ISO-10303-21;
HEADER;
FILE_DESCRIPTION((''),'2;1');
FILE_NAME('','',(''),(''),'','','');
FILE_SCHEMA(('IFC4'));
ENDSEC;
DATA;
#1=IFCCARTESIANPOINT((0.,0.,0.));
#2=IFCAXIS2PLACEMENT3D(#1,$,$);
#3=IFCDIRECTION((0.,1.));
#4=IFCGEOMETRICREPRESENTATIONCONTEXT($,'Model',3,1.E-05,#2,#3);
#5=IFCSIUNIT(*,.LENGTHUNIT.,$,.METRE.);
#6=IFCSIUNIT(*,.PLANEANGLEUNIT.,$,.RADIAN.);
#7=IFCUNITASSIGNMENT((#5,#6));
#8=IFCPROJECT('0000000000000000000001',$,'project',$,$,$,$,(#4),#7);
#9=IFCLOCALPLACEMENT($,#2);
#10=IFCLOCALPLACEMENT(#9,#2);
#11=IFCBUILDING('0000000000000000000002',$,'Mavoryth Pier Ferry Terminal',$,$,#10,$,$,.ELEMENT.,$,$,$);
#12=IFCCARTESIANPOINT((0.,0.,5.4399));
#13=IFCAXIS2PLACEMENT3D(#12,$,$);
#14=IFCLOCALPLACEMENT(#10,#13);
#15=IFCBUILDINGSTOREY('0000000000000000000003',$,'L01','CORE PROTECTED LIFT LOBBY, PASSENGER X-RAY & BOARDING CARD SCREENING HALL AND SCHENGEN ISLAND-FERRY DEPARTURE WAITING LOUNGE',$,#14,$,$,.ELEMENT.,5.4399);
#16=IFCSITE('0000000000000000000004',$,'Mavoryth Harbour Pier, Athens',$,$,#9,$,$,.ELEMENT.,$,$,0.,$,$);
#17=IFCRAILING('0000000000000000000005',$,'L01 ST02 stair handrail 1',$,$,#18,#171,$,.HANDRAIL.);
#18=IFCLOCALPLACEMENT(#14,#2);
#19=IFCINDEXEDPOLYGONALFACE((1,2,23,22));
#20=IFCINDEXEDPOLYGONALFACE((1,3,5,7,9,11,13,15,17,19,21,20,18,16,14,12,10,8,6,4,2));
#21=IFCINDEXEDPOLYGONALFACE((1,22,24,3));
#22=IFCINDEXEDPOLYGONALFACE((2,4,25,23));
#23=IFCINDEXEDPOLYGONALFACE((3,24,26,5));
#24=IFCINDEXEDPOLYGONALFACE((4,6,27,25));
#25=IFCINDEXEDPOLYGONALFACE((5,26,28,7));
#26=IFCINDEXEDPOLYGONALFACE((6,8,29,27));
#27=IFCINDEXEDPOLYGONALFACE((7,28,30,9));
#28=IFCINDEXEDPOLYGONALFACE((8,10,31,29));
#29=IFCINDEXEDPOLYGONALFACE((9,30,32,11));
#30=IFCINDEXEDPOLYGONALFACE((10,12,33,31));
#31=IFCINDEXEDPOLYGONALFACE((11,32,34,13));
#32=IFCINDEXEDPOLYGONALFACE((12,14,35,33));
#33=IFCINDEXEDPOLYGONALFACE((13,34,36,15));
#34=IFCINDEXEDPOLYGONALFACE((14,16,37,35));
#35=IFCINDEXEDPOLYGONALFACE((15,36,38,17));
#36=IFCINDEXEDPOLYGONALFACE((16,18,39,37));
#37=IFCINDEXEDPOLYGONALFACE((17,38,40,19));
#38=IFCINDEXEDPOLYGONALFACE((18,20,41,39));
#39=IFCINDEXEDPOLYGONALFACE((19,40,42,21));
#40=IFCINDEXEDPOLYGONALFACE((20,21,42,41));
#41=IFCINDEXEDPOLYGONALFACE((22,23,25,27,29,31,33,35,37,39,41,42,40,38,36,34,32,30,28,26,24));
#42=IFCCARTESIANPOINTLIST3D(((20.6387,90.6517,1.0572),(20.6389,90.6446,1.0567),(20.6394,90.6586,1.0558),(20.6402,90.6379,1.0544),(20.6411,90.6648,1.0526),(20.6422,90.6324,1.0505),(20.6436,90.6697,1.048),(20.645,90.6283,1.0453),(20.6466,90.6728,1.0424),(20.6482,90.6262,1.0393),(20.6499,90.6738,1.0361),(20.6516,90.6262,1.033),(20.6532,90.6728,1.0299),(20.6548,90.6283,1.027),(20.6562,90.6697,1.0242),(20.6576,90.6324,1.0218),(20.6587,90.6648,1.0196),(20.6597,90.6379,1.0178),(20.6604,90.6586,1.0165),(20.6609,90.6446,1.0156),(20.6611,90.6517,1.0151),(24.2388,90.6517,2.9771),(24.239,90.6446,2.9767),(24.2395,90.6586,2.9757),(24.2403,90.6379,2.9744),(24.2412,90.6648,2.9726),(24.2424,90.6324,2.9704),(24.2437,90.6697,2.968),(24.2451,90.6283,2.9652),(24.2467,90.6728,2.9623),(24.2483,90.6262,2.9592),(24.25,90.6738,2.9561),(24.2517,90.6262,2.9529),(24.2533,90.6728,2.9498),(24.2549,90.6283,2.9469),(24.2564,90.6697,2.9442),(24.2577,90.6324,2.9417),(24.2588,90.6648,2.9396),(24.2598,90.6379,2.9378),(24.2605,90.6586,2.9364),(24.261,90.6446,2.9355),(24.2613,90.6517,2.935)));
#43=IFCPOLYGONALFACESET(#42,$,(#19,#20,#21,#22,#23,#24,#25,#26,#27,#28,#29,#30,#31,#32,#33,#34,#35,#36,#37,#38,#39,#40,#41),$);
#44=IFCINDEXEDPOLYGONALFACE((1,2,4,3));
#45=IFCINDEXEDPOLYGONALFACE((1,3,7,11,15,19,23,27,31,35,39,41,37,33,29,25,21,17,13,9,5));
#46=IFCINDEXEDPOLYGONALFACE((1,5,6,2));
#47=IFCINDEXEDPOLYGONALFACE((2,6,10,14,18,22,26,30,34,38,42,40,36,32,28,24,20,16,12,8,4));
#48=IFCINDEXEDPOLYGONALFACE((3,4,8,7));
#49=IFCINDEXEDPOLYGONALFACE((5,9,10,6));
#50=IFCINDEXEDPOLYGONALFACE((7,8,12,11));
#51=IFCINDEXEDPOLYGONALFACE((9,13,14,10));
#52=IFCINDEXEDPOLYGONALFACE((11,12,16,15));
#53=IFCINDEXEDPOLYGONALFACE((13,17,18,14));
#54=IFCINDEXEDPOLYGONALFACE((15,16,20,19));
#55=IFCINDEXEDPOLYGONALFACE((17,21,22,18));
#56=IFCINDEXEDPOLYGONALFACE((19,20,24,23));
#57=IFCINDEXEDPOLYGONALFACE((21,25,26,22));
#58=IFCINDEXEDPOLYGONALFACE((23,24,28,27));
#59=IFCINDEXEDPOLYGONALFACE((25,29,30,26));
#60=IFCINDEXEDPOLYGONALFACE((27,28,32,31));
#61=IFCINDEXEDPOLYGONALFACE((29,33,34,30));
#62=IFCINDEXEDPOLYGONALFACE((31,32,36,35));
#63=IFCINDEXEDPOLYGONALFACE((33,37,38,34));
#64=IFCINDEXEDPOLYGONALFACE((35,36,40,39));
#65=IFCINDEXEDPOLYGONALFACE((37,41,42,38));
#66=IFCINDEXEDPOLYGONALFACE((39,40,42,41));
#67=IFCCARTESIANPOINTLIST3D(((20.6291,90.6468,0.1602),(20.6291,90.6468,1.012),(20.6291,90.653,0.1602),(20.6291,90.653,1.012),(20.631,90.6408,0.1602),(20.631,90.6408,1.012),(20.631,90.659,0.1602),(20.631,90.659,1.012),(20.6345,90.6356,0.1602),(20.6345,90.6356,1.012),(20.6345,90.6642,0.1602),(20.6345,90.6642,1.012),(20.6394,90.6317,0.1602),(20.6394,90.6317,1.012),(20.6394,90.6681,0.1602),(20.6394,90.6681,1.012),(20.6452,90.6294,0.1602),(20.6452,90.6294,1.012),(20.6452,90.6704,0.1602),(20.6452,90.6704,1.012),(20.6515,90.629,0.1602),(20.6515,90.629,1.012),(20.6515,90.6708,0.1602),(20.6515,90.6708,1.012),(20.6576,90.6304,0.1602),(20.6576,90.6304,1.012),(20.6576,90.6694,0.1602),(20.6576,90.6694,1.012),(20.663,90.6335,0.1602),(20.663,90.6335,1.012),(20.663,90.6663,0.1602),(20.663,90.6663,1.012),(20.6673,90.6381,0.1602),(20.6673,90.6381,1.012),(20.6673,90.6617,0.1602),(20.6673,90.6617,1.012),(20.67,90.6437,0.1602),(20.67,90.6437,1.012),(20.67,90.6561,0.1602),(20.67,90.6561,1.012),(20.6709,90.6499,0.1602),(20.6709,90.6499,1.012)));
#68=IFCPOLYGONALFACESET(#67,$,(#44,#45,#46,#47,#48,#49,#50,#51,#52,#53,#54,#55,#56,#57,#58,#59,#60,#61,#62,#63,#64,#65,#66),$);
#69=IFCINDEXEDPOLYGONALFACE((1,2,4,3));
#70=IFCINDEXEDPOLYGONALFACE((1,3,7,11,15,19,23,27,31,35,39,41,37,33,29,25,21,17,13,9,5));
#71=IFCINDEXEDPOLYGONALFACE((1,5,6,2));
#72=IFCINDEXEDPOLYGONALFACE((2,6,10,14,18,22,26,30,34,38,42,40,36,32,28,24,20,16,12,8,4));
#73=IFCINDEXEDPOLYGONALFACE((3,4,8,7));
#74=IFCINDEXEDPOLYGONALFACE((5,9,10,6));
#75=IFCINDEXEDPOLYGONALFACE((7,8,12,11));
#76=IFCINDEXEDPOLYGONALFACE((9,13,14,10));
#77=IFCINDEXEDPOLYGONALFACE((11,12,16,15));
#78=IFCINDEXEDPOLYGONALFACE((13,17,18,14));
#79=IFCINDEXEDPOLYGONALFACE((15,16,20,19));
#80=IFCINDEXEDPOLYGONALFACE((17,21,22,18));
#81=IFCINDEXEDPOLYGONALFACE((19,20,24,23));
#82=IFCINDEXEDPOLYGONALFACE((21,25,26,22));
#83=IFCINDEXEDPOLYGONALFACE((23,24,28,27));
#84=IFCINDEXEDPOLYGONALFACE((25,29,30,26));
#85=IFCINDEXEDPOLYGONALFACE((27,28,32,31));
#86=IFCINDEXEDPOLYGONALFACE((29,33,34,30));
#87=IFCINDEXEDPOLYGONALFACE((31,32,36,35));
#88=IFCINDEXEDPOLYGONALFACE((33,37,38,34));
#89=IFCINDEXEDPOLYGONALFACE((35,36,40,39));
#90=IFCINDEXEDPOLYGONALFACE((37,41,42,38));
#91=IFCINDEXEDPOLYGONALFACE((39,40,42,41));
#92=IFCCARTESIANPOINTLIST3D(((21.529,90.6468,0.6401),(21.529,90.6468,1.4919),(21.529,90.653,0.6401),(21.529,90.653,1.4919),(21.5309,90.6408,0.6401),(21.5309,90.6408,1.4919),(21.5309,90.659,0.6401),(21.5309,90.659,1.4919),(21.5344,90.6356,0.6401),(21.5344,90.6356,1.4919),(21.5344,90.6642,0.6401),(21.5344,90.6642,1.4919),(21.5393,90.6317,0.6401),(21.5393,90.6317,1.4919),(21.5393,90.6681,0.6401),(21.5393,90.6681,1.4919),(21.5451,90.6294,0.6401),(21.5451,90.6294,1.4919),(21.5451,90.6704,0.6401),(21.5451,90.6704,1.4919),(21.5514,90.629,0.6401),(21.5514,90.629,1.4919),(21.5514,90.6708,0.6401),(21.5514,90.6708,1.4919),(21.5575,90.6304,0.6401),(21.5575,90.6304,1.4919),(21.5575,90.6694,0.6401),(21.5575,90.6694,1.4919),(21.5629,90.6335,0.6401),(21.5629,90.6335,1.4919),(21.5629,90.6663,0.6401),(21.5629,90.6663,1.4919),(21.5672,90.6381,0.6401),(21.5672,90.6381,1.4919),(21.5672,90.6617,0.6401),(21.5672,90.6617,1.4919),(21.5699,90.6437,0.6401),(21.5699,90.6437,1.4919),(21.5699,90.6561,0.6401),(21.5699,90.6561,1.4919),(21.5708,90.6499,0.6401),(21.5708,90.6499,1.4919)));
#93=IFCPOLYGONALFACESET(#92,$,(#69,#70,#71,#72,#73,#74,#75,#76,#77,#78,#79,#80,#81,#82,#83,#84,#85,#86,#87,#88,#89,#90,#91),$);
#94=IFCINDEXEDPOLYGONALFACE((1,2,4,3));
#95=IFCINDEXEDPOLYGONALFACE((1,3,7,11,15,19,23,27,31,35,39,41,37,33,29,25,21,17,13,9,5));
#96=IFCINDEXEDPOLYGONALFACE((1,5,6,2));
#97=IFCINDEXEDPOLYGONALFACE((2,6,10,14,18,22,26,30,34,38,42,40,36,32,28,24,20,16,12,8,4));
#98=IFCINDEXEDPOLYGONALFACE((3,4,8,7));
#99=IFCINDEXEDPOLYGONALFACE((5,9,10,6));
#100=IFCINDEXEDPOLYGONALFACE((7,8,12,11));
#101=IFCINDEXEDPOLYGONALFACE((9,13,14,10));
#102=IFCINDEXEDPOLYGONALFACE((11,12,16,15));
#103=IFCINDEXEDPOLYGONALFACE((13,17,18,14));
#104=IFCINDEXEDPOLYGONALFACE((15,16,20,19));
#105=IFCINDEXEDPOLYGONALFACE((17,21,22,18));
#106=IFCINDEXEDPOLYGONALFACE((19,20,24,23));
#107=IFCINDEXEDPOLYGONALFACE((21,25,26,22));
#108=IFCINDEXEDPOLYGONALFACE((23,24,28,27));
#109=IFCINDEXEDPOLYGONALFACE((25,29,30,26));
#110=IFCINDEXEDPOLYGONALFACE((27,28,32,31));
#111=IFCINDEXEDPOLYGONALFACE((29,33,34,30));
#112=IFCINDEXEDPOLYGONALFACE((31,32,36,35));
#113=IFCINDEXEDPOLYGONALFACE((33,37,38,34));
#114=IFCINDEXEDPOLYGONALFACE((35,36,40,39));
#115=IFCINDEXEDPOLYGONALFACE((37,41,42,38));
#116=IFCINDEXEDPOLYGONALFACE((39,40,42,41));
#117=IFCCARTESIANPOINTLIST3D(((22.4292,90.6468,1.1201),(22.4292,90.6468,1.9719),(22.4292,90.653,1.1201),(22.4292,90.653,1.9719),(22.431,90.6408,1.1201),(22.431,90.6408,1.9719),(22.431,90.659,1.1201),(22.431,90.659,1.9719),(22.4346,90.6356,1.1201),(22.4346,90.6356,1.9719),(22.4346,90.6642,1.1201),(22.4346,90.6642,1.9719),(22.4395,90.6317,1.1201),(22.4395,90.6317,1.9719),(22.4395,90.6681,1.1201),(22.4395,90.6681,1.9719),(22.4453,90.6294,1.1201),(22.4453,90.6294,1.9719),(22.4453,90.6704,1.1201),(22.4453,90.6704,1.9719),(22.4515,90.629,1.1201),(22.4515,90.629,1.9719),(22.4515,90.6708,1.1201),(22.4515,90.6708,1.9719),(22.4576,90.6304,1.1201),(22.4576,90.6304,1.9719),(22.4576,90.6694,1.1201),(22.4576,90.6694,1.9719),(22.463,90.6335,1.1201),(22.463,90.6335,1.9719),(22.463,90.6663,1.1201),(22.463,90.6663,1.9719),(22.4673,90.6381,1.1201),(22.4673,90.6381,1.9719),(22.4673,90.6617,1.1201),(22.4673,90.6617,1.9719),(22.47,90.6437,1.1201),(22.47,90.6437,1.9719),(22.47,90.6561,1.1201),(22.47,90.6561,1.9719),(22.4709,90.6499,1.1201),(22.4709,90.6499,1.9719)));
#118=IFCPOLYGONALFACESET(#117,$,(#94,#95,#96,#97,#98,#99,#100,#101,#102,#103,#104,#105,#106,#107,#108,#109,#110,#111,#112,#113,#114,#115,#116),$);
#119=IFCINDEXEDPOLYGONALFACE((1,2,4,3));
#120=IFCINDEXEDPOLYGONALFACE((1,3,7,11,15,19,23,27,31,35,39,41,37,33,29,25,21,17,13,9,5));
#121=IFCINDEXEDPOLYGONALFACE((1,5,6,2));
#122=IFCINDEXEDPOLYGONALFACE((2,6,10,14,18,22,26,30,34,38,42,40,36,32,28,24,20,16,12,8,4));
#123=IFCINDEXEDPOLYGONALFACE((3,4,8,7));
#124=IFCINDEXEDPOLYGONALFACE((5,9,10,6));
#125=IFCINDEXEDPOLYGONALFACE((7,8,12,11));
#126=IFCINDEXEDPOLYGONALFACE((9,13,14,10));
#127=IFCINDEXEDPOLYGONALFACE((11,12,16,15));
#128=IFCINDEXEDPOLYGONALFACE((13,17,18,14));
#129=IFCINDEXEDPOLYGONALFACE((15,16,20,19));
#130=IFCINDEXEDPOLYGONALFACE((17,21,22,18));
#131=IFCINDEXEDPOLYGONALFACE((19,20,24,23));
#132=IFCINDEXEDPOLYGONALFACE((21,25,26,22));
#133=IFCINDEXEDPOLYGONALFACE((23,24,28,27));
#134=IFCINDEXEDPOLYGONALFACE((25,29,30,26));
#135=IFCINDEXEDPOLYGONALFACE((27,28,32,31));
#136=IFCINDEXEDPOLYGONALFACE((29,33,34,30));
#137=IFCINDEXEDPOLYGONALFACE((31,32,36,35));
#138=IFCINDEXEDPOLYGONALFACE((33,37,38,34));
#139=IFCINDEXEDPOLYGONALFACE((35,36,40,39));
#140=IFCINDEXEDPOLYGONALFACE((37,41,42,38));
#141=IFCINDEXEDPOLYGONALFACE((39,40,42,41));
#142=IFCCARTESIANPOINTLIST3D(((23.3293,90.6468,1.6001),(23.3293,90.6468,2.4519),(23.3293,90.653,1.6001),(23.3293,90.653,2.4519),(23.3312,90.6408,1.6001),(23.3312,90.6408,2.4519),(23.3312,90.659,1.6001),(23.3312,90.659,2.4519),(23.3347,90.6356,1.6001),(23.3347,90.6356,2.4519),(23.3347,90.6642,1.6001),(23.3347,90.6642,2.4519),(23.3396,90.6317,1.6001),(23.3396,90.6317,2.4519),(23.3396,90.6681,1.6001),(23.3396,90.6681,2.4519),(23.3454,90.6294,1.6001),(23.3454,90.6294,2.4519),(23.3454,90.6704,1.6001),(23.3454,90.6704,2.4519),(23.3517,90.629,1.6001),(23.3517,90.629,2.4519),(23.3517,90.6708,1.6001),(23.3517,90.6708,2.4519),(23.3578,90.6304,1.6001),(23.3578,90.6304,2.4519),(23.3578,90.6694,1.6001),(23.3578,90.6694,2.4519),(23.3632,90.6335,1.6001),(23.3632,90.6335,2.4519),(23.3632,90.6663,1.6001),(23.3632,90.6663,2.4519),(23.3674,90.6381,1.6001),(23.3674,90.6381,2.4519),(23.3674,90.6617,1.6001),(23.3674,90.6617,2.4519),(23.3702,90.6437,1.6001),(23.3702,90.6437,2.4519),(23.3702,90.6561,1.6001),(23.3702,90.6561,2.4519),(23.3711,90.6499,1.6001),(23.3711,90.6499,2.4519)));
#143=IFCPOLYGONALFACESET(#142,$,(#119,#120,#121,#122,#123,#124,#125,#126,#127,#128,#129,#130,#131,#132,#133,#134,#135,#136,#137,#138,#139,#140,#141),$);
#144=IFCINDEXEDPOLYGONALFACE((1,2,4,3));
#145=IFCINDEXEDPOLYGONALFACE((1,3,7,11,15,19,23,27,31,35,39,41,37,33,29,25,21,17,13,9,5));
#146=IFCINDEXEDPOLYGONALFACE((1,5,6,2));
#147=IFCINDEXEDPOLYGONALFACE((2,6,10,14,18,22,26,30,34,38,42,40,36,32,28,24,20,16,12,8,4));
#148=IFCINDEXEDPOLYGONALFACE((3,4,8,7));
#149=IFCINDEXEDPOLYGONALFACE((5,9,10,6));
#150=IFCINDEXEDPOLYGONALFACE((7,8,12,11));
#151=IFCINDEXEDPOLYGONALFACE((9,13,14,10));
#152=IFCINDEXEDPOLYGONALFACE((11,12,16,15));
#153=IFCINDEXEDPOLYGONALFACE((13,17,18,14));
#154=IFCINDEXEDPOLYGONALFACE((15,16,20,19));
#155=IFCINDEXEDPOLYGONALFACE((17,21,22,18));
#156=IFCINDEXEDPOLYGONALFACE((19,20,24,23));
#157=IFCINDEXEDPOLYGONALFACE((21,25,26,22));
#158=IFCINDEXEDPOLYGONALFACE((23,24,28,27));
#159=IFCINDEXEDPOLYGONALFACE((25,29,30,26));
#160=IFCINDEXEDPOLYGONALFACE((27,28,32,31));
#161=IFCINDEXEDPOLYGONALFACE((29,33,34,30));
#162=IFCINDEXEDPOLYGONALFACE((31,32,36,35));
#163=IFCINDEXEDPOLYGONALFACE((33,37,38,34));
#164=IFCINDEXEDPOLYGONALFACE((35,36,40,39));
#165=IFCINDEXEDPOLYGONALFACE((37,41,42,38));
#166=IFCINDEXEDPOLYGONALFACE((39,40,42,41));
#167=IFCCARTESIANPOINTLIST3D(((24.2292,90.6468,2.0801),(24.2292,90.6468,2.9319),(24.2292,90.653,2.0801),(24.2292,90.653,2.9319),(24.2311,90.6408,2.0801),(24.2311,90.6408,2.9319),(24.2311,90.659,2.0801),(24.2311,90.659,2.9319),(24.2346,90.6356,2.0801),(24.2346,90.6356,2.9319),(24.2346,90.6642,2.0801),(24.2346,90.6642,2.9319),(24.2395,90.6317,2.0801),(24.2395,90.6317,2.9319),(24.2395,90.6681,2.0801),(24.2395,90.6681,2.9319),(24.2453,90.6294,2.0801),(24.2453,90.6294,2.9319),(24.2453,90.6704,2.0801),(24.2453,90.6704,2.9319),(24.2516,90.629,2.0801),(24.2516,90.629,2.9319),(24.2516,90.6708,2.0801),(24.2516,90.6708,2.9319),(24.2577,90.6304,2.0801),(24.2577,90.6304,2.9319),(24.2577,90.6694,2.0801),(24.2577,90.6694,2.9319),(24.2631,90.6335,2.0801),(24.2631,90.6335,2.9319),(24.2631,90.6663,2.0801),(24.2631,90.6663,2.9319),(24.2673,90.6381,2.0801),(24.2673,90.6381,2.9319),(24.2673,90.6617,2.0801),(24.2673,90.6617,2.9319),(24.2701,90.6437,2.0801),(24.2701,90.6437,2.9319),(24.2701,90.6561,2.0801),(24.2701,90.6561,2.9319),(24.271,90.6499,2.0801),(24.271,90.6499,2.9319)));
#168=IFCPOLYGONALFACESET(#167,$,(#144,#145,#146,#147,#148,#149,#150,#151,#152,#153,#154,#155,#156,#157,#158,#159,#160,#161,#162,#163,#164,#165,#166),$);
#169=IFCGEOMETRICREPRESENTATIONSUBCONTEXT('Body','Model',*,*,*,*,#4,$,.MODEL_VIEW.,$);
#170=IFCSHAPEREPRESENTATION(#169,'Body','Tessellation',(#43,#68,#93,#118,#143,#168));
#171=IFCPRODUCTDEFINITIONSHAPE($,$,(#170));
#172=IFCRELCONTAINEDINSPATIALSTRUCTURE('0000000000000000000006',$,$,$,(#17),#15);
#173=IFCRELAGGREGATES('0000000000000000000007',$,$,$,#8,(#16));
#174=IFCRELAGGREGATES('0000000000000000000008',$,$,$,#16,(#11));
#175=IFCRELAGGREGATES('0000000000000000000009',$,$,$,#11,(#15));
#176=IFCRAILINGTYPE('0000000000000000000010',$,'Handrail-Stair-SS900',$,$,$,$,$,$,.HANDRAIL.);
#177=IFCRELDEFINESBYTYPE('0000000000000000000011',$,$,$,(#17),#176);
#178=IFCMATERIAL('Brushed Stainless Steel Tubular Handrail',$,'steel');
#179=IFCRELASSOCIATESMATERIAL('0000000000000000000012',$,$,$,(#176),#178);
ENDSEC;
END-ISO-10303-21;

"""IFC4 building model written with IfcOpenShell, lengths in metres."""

from ifc_helpers import new_model, si_unit, direction, frame, origin, origin_2d, place, context, subcontext, project, spatial, circle, extrude, material, type_object, element, save


model = new_model("IFC4")

# Units and contexts
model_context = context("Model", 3, precision=1e-05, world=origin(), true_north=direction((0.0, 1.0)))
body_context = subcontext(model_context, "Body", "Model", "MODEL_VIEW")
ifc_project = project(units=[si_unit("LENGTHUNIT", "METRE"), si_unit("PLANEANGLEUNIT", "RADIAN")], contexts=[model_context])

# Site, building, storey
site_placement = place(None, origin())
site = spatial("IfcSite", under=ifc_project, at=site_placement, Name="Mavoryth Harbour Pier, Athens", CompositionType="ELEMENT", RefElevation=0.0)
building_placement = place(site_placement, origin())
building = spatial("IfcBuilding", under=site, at=building_placement, Name="Mavoryth Pier Ferry Terminal", CompositionType="ELEMENT")
storey_placement = place(building_placement, frame((0.0, 0.0, 5.4399)))
storey = spatial("IfcBuildingStorey", under=building, at=storey_placement, Name="L01", Description="CORE PROTECTED LIFT LOBBY, PASSENGER X-RAY & BOARDING CARD SCREENING HALL AND SCHENGEN ISLAND-FERRY DEPARTURE WAITING LOUNGE", CompositionType="ELEMENT", Elevation=5.4399)

# Railing
ifc_material_1 = material(Name="Brushed Stainless Steel Tubular Handrail", Category="steel")
railing_type_1 = type_object("IfcRailingType", Name="Handrail-Stair-SS900", PredefinedType="HANDRAIL", material=ifc_material_1)
railing_1_placement = place(storey_placement, frame((20.6499, 90.6499, 0.1602)))
element("IfcRailing", 1, at=railing_1_placement, inside=storey, type_object=railing_type_1, Name="L01 ST02 stair handrail 1", PredefinedType="HANDRAIL", context=body_context, shape_type="SweptSolid", body=[
    extrude(circle(Radius=0.0239, at=origin_2d()), frame((0.0, 0.0, 0.876), z_axis=(0.882366, 0.0, 0.470563), x_axis=(0.0, 1.0, 0.0)), (0.0, 0.0, 1.0), 4.0801),
    extrude(circle(Radius=0.021, at=origin_2d()), origin(), (0.0, 0.0, 1.0), 0.8518),
    extrude(circle(Radius=0.021, at=origin_2d()), frame((0.8999, 0.0, 0.48)), (0.0, 0.0, 1.0), 0.8518),
    extrude(circle(Radius=0.021, at=origin_2d()), frame((1.8, 0.0, 0.96)), (0.0, 0.0, 1.0), 0.8518),
    extrude(circle(Radius=0.021, at=origin_2d()), frame((2.7002, 0.0, 1.4399)), (0.0, 0.0, 1.0), 0.8518),
    extrude(circle(Radius=0.021, at=origin_2d()), frame((3.6001, 0.0, 1.9199)), (0.0, 0.0, 1.0), 0.8518),
])

save(model, "model.ifc")
